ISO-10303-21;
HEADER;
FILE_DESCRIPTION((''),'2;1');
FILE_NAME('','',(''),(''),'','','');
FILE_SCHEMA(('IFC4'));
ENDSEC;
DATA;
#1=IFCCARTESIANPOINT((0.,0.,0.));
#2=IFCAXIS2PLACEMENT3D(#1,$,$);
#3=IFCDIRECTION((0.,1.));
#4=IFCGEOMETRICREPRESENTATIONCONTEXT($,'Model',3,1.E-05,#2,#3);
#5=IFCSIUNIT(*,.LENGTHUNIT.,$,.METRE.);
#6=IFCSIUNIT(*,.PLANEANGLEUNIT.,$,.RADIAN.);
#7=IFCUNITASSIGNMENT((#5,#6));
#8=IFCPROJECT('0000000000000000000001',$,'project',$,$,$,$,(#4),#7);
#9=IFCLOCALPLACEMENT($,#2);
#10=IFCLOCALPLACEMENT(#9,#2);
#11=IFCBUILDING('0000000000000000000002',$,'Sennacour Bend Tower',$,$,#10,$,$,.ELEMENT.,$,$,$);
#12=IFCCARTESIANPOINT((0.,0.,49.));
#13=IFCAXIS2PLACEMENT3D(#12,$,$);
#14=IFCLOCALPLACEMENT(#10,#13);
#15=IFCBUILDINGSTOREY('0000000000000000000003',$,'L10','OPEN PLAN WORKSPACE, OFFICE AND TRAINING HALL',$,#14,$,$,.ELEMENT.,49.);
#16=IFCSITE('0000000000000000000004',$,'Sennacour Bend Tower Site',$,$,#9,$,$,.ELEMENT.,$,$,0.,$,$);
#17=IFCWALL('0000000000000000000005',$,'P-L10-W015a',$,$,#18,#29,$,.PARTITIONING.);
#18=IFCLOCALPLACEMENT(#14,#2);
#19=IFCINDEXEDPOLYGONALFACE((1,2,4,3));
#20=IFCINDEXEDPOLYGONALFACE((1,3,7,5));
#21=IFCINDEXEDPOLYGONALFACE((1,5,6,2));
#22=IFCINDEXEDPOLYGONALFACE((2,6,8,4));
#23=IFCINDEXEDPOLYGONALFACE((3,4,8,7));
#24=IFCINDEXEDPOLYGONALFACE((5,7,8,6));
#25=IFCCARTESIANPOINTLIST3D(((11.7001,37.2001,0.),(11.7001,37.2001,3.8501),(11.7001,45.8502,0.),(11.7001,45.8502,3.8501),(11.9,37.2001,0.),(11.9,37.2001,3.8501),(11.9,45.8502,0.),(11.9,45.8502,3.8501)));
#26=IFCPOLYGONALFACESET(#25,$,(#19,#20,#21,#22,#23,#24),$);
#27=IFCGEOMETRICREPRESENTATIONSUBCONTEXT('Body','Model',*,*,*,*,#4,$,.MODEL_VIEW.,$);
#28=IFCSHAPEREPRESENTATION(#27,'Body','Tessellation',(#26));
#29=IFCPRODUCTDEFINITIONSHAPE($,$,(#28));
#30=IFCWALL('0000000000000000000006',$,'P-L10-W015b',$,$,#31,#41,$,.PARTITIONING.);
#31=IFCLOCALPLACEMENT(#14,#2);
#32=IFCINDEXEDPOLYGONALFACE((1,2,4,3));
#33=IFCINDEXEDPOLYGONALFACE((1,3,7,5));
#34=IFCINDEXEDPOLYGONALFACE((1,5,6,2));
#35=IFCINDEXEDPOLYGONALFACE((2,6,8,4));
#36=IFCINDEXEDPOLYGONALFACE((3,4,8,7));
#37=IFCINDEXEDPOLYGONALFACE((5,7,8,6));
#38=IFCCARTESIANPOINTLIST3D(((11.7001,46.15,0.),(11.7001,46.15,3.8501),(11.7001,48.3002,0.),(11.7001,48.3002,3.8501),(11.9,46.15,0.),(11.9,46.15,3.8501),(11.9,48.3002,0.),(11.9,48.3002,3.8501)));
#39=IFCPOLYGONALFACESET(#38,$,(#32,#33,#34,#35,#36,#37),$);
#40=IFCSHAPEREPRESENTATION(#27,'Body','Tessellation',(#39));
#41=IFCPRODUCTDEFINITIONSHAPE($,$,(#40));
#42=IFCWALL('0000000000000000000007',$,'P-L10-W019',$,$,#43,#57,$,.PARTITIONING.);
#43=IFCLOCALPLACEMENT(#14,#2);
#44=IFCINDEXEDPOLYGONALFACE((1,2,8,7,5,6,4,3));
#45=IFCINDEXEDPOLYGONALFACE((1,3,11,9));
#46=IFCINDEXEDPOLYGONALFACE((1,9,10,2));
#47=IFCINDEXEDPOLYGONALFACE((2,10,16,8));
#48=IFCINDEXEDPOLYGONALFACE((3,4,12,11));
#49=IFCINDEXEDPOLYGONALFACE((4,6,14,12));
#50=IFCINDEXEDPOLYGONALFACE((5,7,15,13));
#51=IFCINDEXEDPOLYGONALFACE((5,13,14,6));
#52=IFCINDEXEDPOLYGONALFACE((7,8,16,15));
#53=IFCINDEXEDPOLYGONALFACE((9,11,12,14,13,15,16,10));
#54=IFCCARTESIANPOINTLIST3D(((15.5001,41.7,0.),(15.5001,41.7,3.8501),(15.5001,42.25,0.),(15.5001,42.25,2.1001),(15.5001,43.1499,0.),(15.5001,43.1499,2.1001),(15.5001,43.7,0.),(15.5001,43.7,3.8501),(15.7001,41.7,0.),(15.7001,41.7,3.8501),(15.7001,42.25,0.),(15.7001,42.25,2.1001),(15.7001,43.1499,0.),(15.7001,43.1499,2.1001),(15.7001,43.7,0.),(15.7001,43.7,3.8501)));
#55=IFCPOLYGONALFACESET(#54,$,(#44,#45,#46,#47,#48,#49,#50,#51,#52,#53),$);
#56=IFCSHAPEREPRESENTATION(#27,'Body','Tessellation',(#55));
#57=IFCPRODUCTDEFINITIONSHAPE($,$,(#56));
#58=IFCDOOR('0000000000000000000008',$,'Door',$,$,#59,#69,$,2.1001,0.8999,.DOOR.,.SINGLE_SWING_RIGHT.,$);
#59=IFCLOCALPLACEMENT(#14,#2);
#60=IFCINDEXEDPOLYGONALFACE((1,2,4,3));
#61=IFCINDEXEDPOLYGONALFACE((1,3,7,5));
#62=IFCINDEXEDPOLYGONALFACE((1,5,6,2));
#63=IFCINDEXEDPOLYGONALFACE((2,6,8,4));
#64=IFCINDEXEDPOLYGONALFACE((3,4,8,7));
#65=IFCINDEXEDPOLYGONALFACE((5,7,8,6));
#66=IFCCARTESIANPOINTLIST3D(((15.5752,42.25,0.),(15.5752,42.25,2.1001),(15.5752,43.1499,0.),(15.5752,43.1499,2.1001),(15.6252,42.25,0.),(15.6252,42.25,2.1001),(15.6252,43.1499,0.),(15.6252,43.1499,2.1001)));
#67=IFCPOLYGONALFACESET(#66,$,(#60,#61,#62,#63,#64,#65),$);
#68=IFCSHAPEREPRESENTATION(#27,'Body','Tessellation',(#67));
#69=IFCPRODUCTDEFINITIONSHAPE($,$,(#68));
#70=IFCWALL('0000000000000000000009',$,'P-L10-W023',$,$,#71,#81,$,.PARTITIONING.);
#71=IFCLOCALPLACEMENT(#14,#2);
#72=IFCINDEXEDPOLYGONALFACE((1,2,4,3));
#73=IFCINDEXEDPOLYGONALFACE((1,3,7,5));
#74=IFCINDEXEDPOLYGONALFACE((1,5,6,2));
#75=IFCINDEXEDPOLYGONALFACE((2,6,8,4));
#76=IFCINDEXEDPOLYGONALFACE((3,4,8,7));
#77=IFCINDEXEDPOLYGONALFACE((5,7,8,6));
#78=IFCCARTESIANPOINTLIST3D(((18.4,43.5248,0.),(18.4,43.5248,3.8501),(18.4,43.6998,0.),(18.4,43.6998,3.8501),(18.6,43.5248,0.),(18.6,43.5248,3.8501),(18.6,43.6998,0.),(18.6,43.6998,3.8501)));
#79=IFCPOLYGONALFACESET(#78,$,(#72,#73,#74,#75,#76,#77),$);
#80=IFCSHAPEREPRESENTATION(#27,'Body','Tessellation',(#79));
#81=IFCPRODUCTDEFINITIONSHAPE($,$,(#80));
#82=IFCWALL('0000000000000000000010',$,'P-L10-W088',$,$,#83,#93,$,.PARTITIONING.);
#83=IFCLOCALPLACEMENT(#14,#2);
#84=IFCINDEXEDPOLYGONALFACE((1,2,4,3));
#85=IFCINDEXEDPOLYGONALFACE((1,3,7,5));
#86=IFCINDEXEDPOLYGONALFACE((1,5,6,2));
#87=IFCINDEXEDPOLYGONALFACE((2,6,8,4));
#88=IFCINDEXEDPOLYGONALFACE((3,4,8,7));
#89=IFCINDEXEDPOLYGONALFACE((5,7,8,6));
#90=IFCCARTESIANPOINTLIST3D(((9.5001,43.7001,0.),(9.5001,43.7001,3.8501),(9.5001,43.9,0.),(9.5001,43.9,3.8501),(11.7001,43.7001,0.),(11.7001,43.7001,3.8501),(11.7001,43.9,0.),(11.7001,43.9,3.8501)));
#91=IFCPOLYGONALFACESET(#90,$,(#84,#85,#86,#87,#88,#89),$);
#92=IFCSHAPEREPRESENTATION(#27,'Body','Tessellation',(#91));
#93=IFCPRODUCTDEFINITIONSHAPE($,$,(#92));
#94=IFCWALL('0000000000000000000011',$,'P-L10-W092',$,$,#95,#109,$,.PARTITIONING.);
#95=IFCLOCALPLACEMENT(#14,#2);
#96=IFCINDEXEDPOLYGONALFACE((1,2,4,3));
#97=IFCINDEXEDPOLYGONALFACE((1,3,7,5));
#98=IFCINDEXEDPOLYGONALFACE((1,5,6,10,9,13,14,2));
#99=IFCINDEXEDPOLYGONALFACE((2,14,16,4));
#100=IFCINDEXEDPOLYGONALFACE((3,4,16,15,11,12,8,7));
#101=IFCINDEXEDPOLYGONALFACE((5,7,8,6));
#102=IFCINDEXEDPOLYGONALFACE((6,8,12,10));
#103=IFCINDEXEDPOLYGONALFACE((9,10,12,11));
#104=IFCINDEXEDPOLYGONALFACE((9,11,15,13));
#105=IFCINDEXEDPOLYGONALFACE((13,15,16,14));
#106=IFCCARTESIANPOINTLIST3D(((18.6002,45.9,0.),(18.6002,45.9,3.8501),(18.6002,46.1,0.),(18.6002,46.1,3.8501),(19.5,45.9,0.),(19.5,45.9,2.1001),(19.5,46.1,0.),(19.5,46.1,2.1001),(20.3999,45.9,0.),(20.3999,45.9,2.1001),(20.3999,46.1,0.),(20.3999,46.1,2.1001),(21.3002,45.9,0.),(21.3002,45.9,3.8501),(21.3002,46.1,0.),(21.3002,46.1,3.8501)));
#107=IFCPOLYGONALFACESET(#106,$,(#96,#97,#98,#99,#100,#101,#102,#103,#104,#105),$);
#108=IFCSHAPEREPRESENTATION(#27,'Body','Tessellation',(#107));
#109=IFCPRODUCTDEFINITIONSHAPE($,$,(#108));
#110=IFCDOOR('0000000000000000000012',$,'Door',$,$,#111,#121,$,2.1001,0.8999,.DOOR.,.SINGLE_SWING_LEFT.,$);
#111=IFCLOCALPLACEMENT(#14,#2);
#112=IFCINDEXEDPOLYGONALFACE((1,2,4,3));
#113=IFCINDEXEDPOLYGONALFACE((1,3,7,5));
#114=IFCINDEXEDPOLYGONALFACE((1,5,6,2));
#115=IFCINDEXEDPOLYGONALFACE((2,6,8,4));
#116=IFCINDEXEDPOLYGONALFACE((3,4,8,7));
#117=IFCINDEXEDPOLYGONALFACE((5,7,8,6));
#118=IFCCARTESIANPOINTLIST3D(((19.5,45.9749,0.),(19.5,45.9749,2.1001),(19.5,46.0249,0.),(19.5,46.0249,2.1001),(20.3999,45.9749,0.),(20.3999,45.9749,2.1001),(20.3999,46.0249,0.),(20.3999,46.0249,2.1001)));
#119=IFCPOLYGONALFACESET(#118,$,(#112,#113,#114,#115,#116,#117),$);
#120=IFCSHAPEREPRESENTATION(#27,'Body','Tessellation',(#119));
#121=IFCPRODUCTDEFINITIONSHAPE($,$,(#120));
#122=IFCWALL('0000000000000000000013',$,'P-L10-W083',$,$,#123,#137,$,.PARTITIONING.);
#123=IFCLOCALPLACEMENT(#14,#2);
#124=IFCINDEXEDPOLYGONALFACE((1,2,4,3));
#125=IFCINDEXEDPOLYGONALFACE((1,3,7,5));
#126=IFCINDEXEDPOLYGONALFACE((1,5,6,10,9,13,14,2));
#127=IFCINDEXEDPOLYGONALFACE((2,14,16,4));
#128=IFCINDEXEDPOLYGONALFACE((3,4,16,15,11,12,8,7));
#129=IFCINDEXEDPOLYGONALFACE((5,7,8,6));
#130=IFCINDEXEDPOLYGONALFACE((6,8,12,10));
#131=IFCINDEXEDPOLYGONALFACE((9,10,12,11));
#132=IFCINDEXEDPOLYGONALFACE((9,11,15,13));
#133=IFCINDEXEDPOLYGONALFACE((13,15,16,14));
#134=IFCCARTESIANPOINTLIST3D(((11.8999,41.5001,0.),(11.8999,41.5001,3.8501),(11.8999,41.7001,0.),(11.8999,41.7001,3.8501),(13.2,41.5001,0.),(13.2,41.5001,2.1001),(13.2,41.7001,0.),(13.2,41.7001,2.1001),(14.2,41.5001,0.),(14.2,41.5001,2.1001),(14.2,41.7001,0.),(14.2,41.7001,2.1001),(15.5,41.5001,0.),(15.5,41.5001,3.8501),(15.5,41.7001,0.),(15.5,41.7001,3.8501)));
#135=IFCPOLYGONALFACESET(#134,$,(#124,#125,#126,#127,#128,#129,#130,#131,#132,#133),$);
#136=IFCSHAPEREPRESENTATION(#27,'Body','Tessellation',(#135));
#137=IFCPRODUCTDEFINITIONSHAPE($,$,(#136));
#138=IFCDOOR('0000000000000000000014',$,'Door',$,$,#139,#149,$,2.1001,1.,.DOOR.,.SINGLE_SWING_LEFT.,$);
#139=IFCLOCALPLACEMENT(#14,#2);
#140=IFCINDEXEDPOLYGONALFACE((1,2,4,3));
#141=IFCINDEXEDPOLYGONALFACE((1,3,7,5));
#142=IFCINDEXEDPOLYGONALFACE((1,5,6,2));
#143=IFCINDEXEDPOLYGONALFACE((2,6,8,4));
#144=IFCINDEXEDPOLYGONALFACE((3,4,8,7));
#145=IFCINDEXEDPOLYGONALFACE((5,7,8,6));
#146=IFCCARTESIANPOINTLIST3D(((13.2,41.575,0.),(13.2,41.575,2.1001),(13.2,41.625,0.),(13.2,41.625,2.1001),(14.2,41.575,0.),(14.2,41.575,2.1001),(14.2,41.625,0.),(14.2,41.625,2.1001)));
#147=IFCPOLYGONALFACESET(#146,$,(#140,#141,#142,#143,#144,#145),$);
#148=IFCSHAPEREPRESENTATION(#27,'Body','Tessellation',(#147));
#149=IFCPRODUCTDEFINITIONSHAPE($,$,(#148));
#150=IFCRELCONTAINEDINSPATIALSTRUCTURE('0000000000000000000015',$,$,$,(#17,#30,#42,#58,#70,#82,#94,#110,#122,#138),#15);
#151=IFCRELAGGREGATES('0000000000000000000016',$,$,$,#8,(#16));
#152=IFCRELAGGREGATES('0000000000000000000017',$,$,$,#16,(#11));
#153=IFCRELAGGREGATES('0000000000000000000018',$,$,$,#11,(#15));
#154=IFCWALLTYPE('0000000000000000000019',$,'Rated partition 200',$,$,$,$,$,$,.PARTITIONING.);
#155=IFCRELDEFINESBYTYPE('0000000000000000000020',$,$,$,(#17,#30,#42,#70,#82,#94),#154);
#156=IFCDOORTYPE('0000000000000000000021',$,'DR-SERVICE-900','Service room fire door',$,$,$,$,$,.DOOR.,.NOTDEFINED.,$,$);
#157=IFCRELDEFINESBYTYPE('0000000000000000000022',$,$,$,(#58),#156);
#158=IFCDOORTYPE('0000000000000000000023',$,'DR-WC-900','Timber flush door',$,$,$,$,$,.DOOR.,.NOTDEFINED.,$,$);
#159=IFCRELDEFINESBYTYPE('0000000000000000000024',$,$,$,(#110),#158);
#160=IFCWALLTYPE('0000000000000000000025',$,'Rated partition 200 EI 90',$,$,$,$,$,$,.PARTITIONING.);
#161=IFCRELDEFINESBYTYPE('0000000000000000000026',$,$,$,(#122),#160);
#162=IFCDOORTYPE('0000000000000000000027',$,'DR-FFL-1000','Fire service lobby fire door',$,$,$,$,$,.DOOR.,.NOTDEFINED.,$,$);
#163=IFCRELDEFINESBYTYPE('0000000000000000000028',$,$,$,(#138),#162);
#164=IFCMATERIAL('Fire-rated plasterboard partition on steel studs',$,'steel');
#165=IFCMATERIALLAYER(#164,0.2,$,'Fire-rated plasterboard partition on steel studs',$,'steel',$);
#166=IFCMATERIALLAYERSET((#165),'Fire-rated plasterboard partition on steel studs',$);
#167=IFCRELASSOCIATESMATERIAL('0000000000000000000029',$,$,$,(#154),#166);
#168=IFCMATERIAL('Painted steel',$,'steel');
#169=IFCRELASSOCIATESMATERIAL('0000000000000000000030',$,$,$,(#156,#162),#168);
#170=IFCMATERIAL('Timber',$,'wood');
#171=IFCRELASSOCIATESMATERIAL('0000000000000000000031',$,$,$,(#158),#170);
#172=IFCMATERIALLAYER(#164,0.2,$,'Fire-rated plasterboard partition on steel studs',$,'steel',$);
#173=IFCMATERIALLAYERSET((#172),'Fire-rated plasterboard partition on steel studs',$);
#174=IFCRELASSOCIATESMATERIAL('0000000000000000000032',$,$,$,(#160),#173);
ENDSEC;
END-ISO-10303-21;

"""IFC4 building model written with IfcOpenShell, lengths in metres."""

from ifc_helpers import new_model, si_unit, direction, frame, frame_2d, origin, place, context, subcontext, project, spatial, rectangle, extrude, material, layer, layer_set, type_object, element, fill, save


model = new_model("IFC4")

# Units and contexts
model_context = context("Model", 3, precision=1e-05, world=origin(), true_north=direction((0.0, 1.0)))
body_context = subcontext(model_context, "Body", "Model", "MODEL_VIEW")
ifc_project = project(units=[si_unit("LENGTHUNIT", "METRE"), si_unit("PLANEANGLEUNIT", "RADIAN")], contexts=[model_context])

# Site, building, storey
site_placement = place(None, origin())
site = spatial("IfcSite", under=ifc_project, at=site_placement, Name="Sennacour Bend Tower Site", CompositionType="ELEMENT", RefElevation=0.0)
building_placement = place(site_placement, origin())
building = spatial("IfcBuilding", under=site, at=building_placement, Name="Sennacour Bend Tower", CompositionType="ELEMENT")
storey_placement = place(building_placement, frame((0.0, 0.0, 49.0)))
storey = spatial("IfcBuildingStorey", under=building, at=storey_placement, Name="L10", Description="OPEN PLAN WORKSPACE, OFFICE AND TRAINING HALL", CompositionType="ELEMENT", Elevation=49.0)

# Walls
ifc_material_1 = material(Name="Fire-rated plasterboard partition on steel studs", Category="steel")
ifc_layer_1 = layer(ifc_material_1, 0.2, Name="Fire-rated plasterboard partition on steel studs", Category="steel")
ifc_layer_set_1 = layer_set([ifc_layer_1], Name="Fire-rated plasterboard partition on steel studs")
wall_type_1 = type_object("IfcWallType", Name="Rated partition 200", PredefinedType="PARTITIONING", material=ifc_layer_set_1)
wall_1_placement = place(storey_placement, frame((11.8, 37.2, 0.0), z_axis=(0.0, 0.0, 1.0), x_axis=(0.0, 1.0, 0.0)))
element("IfcWall", 1, at=wall_1_placement, inside=storey, type_object=wall_type_1, Name="P-L10-W015a", PredefinedType="PARTITIONING", context=body_context, shape_type="SweptSolid", body=[
    extrude(rectangle(XDim=8.6501, YDim=0.2, at=frame_2d((4.3252, 0.0))), origin(), (0.0, 0.0, 1.0), 3.8501),
])
wall_2_placement = place(storey_placement, frame((11.8, 46.1499, 0.0), z_axis=(0.0, 0.0, 1.0), x_axis=(0.0, 1.0, 0.0)))
element("IfcWall", 2, at=wall_2_placement, inside=storey, type_object=wall_type_1, Name="P-L10-W015b", PredefinedType="PARTITIONING", context=body_context, shape_type="SweptSolid", body=[
    extrude(rectangle(XDim=2.1501, YDim=0.2, at=frame_2d((1.0752, 0.0))), origin(), (0.0, 0.0, 1.0), 3.8501),
])

# Wall, opening, door
wall_3_placement = place(storey_placement, frame((15.6001, 41.7, 0.0), z_axis=(0.0, 0.0, 1.0), x_axis=(0.0, 1.0, 0.0)))
wall_3 = element("IfcWall", 3, at=wall_3_placement, inside=storey, type_object=wall_type_1, Name="P-L10-W019", PredefinedType="PARTITIONING", context=body_context, shape_type="SweptSolid", body=[
    extrude(rectangle(XDim=2.0, YDim=0.2, at=frame_2d((1.0, 0.0))), origin(), (0.0, 0.0, 1.0), 3.8501),
])
opening_1_placement = place(wall_3_placement, frame((0.55, 0.0, 0.0)))
opening_1 = element("IfcOpeningElement", 4, at=opening_1_placement, cuts=wall_3, PredefinedType="OPENING", context=body_context, shape_type="SweptSolid", body=[
    extrude(rectangle(XDim=0.8999, YDim=2.1001, at=frame_2d((0.45, 1.05))), frame((0.0, 0.1099, 0.0), z_axis=(0.0, -1.0, 0.0), x_axis=(1.0, 0.0, 0.0)), (0.0, 0.0, 1.0), 0.22),
])
ifc_material_2 = material(Name="Painted steel", Category="steel")
door_type_1 = type_object("IfcDoorType", Name="DR-SERVICE-900", Description="Service room fire door", OperationType="NOTDEFINED", PredefinedType="DOOR", material=ifc_material_2)
door_1_placement = place(opening_1_placement, origin())
door_1 = element("IfcDoor", 5, at=door_1_placement, inside=storey, type_object=door_type_1, Name="Door", OperationType="SINGLE_SWING_RIGHT", OverallHeight=2.1001, OverallWidth=0.8999, PredefinedType="DOOR", context=body_context, shape_type="SweptSolid", body=[
    extrude(rectangle(XDim=0.8999, YDim=2.1001, at=frame_2d((0.45, 1.05))), frame((0.0, 0.0249, 0.0), z_axis=(0.0, -1.0, 0.0), x_axis=(1.0, 0.0, 0.0)), (0.0, 0.0, 1.0), 0.05),
])
fill(opening_1, door_1)

# Walls
wall_4_placement = place(storey_placement, frame((18.5, 43.5249, 0.0), z_axis=(0.0, 0.0, 1.0), x_axis=(0.0, 1.0, 0.0)))
element("IfcWall", 6, at=wall_4_placement, inside=storey, type_object=wall_type_1, Name="P-L10-W023", PredefinedType="PARTITIONING", context=body_context, shape_type="SweptSolid", body=[
    extrude(rectangle(XDim=0.175, YDim=0.2, at=frame_2d((0.0874, 0.0))), origin(), (0.0, 0.0, 1.0), 3.8501),
])
wall_5_placement = place(storey_placement, frame((9.5, 43.8, 0.0), z_axis=(0.0, 0.0, 1.0), x_axis=(1.0, 0.0, 0.0)))
element("IfcWall", 7, at=wall_5_placement, inside=storey, type_object=wall_type_1, Name="P-L10-W088", PredefinedType="PARTITIONING", context=body_context, shape_type="SweptSolid", body=[
    extrude(rectangle(XDim=2.2, YDim=0.2, at=frame_2d((1.1001, 0.0))), origin(), (0.0, 0.0, 1.0), 3.8501),
])

# Walls, openings, doors
wall_6_placement = place(storey_placement, frame((18.6001, 46.0, 0.0), z_axis=(0.0, 0.0, 1.0), x_axis=(1.0, 0.0, 0.0)))
wall_6 = element("IfcWall", 8, at=wall_6_placement, inside=storey, type_object=wall_type_1, Name="P-L10-W092", PredefinedType="PARTITIONING", context=body_context, shape_type="SweptSolid", body=[
    extrude(rectangle(XDim=2.7, YDim=0.2, at=frame_2d((1.3501, 0.0))), origin(), (0.0, 0.0, 1.0), 3.8501),
])
opening_2_placement = place(wall_6_placement, frame((0.8999, 0.0, 0.0)))
opening_2 = element("IfcOpeningElement", 9, at=opening_2_placement, cuts=wall_6, PredefinedType="OPENING", context=body_context, shape_type="SweptSolid", body=[
    extrude(rectangle(XDim=0.8999, YDim=2.1001, at=frame_2d((0.45, 1.05))), frame((0.0, 0.1099, 0.0), z_axis=(0.0, -1.0, 0.0), x_axis=(1.0, 0.0, 0.0)), (0.0, 0.0, 1.0), 0.22),
])
ifc_material_3 = material(Name="Timber", Category="wood")
door_type_2 = type_object("IfcDoorType", Name="DR-WC-900", Description="Timber flush door", OperationType="NOTDEFINED", PredefinedType="DOOR", material=ifc_material_3)
door_2_placement = place(opening_2_placement, origin())
door_2 = element("IfcDoor", 10, at=door_2_placement, inside=storey, type_object=door_type_2, Name="Door", OperationType="SINGLE_SWING_LEFT", OverallHeight=2.1001, OverallWidth=0.8999, PredefinedType="DOOR", context=body_context, shape_type="SweptSolid", body=[
    extrude(rectangle(XDim=0.8999, YDim=2.1001, at=frame_2d((0.45, 1.05))), frame((0.0, 0.0249, 0.0), z_axis=(0.0, -1.0, 0.0), x_axis=(1.0, 0.0, 0.0)), (0.0, 0.0, 1.0), 0.05),
])
fill(opening_2, door_2)
ifc_layer_2 = layer(ifc_material_1, 0.2, Name="Fire-rated plasterboard partition on steel studs", Category="steel")
ifc_layer_set_2 = layer_set([ifc_layer_2], Name="Fire-rated plasterboard partition on steel studs")
wall_type_2 = type_object("IfcWallType", Name="Rated partition 200 EI 90", PredefinedType="PARTITIONING", material=ifc_layer_set_2)
wall_7_placement = place(storey_placement, frame((11.8999, 41.6001, 0.0), z_axis=(0.0, 0.0, 1.0), x_axis=(1.0, 0.0, 0.0)))
wall_7 = element("IfcWall", 11, at=wall_7_placement, inside=storey, type_object=wall_type_2, Name="P-L10-W083", PredefinedType="PARTITIONING", context=body_context, shape_type="SweptSolid", body=[
    extrude(rectangle(XDim=3.6001, YDim=0.2, at=frame_2d((1.8, 0.0))), origin(), (0.0, 0.0, 1.0), 3.8501),
])
opening_3_placement = place(wall_7_placement, frame((1.3, 0.0, 0.0)))
opening_3 = element("IfcOpeningElement", 12, at=opening_3_placement, cuts=wall_7, PredefinedType="OPENING", context=body_context, shape_type="SweptSolid", body=[
    extrude(rectangle(XDim=1.0, YDim=2.1001, at=frame_2d((0.5, 1.05))), frame((0.0, 0.1099, 0.0), z_axis=(0.0, -1.0, 0.0), x_axis=(1.0, 0.0, 0.0)), (0.0, 0.0, 1.0), 0.22),
])
door_type_3 = type_object("IfcDoorType", Name="DR-FFL-1000", Description="Fire service lobby fire door", OperationType="NOTDEFINED", PredefinedType="DOOR", material=ifc_material_2)
door_3_placement = place(opening_3_placement, origin())
door_3 = element("IfcDoor", 13, at=door_3_placement, inside=storey, type_object=door_type_3, Name="Door", OperationType="SINGLE_SWING_LEFT", OverallHeight=2.1001, OverallWidth=1.0, PredefinedType="DOOR", context=body_context, shape_type="SweptSolid", body=[
    extrude(rectangle(XDim=1.0, YDim=2.1001, at=frame_2d((0.5, 1.05))), frame((0.0, 0.0249, 0.0), z_axis=(0.0, -1.0, 0.0), x_axis=(1.0, 0.0, 0.0)), (0.0, 0.0, 1.0), 0.05),
])
fill(opening_3, door_3)

save(model, "model.ifc")
